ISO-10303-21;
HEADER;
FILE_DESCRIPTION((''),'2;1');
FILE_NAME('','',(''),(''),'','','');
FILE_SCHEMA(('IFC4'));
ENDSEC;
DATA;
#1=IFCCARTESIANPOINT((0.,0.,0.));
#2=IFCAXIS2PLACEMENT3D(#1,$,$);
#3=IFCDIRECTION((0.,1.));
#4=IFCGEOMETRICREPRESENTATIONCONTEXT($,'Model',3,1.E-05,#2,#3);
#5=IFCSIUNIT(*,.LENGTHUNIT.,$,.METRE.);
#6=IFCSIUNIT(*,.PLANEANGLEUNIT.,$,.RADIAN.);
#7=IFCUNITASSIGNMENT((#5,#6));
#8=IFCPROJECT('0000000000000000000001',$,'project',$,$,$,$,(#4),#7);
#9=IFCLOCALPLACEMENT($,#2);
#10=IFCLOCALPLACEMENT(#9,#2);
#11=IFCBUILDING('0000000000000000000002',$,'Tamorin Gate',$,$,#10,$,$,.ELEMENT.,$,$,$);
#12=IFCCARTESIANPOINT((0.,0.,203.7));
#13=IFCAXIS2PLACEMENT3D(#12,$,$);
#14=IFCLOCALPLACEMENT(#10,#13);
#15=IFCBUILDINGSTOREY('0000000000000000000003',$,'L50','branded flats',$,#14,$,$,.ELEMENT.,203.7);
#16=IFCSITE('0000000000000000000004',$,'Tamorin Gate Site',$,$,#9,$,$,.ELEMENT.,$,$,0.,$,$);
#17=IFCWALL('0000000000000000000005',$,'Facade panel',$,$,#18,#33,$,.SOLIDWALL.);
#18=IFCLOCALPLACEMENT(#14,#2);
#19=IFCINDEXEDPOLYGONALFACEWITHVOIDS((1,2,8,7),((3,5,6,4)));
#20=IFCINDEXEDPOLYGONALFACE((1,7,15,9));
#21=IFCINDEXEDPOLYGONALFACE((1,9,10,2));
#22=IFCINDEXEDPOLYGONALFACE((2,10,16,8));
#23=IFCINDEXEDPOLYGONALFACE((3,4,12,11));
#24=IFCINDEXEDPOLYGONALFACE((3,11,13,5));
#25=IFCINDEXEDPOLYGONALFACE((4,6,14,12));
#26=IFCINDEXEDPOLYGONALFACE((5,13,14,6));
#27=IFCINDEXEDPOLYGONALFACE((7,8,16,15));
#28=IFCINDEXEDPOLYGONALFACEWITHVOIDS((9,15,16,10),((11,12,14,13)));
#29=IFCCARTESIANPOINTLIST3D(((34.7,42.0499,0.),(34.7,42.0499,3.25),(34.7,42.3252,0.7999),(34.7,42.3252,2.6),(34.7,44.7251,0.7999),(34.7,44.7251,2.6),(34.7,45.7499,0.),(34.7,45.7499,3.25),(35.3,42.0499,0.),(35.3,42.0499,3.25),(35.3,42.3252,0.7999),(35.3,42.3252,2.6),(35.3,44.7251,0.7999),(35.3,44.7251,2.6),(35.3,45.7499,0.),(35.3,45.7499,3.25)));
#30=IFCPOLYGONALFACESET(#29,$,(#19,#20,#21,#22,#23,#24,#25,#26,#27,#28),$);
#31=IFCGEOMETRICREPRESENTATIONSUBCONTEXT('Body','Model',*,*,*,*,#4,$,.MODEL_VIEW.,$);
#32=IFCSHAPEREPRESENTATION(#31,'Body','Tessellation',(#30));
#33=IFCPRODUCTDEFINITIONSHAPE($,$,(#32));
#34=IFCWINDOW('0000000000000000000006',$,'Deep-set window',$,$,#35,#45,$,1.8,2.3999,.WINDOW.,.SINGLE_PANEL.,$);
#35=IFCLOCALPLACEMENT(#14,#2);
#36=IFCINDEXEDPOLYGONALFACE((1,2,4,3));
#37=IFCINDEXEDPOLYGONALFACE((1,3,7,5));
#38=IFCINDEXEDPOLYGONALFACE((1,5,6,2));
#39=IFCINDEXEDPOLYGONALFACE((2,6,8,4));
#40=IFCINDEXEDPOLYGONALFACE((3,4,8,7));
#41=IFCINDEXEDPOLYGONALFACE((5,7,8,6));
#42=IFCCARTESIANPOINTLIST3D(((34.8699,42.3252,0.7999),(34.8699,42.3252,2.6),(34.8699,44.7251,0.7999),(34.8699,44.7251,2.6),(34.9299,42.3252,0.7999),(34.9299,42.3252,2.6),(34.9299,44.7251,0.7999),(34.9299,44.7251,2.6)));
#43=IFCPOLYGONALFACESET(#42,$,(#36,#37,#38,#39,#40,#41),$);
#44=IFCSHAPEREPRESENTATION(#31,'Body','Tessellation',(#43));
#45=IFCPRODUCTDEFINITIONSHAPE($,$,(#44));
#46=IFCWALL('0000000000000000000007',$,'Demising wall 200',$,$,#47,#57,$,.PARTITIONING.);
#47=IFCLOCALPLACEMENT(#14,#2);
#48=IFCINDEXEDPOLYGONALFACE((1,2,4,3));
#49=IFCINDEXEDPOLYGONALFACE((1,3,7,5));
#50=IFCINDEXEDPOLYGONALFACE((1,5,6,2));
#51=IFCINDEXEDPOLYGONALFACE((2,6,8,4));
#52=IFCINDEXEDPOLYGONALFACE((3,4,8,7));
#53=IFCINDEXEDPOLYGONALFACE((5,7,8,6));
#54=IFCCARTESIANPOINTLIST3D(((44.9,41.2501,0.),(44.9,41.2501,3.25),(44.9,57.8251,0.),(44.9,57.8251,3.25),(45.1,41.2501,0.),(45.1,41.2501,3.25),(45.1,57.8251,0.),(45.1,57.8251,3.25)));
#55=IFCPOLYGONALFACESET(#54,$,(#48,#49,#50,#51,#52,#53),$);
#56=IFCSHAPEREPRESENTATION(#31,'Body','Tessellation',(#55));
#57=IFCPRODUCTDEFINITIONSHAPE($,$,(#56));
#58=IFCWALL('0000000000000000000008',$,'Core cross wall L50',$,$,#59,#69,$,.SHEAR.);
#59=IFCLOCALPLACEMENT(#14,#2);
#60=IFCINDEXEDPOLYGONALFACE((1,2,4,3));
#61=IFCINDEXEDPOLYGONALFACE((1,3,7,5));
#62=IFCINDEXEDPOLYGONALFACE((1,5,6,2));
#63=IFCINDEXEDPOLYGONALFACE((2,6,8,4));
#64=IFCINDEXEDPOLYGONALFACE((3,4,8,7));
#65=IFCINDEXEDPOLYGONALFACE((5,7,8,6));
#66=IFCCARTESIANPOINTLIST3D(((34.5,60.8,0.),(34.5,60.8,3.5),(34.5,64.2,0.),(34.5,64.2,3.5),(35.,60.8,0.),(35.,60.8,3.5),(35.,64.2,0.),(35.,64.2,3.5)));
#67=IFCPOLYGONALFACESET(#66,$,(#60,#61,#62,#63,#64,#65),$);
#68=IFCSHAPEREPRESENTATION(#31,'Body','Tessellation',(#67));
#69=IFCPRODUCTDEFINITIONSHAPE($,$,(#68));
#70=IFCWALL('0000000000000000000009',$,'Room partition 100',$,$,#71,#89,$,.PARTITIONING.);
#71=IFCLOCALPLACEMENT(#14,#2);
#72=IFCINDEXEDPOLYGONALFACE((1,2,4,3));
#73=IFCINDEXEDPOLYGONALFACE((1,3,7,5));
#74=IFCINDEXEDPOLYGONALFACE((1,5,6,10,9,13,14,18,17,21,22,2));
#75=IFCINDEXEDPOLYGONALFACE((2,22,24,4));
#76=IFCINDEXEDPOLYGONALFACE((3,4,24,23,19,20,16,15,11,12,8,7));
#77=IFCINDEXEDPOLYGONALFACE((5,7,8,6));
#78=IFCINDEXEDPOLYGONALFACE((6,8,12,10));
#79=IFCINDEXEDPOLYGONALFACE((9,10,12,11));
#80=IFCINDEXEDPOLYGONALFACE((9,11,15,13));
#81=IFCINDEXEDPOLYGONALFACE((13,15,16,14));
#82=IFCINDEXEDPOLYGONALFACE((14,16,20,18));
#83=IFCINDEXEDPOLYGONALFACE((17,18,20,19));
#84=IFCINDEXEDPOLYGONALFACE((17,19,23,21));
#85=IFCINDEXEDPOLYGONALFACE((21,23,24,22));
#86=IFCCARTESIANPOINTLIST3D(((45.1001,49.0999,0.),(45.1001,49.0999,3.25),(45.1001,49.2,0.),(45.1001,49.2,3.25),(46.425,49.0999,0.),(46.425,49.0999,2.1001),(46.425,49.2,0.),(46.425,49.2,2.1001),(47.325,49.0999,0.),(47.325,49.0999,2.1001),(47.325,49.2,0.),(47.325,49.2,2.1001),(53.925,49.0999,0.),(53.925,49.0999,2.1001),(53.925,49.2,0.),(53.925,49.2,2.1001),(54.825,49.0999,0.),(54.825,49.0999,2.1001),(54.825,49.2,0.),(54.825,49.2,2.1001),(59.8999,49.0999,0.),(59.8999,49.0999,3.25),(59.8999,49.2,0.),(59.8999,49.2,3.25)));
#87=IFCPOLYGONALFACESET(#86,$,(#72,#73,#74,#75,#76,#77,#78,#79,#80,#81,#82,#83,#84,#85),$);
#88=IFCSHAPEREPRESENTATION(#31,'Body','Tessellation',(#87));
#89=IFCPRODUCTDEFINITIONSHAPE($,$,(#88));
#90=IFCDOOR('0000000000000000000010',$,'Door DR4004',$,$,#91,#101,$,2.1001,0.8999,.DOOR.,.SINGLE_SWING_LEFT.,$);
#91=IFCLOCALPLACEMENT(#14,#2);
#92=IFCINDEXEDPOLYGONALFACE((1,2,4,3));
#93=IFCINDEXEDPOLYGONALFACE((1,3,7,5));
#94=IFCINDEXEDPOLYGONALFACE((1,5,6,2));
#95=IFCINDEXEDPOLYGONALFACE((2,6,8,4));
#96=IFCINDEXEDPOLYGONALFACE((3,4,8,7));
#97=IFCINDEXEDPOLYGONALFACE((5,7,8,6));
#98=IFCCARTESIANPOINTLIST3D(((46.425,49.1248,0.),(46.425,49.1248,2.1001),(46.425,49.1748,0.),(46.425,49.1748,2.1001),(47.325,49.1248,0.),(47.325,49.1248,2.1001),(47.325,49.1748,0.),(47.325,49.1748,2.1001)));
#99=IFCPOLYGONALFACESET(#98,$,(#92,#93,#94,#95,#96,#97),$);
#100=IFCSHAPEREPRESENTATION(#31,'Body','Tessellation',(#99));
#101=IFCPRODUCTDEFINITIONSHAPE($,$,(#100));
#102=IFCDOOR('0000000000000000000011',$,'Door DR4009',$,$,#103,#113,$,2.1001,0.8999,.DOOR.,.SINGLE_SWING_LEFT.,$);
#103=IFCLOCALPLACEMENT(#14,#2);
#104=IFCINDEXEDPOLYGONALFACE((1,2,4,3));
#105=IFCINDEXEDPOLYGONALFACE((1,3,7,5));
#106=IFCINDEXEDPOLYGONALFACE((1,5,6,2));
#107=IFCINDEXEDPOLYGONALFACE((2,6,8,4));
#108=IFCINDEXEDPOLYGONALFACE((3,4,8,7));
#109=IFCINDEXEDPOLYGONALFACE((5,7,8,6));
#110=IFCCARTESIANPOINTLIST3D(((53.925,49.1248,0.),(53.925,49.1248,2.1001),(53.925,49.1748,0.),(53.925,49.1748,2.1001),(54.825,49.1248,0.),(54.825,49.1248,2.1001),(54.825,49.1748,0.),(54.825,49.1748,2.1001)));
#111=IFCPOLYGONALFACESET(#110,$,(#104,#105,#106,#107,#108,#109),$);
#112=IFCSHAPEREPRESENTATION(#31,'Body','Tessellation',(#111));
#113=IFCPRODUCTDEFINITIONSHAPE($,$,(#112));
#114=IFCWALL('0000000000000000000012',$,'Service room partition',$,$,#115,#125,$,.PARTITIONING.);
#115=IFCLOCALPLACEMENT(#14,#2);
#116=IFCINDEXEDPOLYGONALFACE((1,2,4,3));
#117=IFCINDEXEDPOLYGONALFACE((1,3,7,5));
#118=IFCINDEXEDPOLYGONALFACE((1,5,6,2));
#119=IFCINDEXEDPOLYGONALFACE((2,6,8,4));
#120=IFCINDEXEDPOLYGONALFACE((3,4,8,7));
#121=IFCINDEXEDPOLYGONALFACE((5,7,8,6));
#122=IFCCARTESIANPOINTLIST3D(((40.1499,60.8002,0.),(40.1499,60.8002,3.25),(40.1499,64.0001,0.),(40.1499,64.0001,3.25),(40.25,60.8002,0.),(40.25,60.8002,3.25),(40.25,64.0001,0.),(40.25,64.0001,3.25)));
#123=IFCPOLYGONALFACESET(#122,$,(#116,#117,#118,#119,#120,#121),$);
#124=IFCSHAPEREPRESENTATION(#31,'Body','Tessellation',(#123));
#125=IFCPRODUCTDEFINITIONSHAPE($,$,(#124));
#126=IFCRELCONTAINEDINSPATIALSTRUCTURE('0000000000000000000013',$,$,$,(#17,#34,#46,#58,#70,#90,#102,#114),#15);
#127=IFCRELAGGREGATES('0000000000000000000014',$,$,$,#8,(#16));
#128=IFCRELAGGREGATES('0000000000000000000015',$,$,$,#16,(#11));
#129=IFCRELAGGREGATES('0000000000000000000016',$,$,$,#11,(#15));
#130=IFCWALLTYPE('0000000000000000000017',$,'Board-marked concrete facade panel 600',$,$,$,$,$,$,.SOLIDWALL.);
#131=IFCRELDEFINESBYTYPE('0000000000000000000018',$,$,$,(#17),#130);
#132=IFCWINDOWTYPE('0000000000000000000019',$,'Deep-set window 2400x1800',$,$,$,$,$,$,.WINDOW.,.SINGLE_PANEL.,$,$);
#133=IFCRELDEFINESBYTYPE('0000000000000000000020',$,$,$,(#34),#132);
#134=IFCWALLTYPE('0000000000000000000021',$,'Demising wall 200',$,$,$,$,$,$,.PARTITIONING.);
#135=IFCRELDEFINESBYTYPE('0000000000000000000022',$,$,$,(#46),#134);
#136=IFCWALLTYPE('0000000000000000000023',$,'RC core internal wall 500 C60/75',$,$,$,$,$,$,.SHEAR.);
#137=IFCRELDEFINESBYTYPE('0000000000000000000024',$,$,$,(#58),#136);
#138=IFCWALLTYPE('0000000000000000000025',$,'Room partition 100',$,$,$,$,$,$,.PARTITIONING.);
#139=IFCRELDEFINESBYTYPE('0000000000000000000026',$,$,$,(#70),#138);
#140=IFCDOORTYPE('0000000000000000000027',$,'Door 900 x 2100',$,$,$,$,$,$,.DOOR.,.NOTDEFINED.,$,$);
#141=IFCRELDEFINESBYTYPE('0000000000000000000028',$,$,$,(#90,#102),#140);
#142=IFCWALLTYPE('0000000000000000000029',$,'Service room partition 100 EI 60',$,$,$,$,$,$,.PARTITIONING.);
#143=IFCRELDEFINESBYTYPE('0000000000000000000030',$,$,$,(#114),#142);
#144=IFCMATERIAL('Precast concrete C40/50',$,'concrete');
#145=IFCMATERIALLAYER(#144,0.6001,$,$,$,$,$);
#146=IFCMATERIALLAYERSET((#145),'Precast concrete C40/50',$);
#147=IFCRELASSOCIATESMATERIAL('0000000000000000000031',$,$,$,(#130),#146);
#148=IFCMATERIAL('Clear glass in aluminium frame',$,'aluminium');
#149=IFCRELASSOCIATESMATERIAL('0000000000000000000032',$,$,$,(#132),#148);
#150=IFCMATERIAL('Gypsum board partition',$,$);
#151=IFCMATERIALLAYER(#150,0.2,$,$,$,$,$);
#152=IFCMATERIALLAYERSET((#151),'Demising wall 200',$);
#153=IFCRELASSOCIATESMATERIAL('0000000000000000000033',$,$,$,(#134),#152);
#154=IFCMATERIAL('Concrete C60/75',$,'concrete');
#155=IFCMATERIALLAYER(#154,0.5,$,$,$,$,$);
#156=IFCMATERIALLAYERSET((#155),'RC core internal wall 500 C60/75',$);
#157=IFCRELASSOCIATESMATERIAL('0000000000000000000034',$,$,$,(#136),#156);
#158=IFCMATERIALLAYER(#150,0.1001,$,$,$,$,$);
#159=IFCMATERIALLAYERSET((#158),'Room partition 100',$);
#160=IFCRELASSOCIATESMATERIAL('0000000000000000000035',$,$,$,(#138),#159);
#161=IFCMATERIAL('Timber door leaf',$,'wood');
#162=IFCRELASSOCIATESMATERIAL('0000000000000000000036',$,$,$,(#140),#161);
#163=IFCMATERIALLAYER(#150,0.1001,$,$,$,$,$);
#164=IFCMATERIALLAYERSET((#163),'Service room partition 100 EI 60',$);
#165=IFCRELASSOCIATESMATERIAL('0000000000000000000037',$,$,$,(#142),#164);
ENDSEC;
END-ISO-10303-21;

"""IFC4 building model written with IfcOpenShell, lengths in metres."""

from ifc_helpers import new_model, si_unit, direction, frame, frame_2d, origin, place, context, subcontext, project, spatial, rectangle, extrude, material, layer, layer_set, type_object, element, fill, save


model = new_model("IFC4")

# Units and contexts
model_context = context("Model", 3, precision=1e-05, world=origin(), true_north=direction((0.0, 1.0)))
body_context = subcontext(model_context, "Body", "Model", "MODEL_VIEW")
ifc_project = project(units=[si_unit("LENGTHUNIT", "METRE"), si_unit("PLANEANGLEUNIT", "RADIAN")], contexts=[model_context])

# Site, building, storey
site_placement = place(None, origin())
site = spatial("IfcSite", under=ifc_project, at=site_placement, Name="Tamorin Gate Site", CompositionType="ELEMENT", RefElevation=0.0)
building_placement = place(site_placement, origin())
building = spatial("IfcBuilding", under=site, at=building_placement, Name="Tamorin Gate", CompositionType="ELEMENT")
storey_placement = place(building_placement, frame((0.0, 0.0, 203.7)))
storey = spatial("IfcBuildingStorey", under=building, at=storey_placement, Name="L50", Description="branded flats", CompositionType="ELEMENT", Elevation=203.7)

# Shared definitions
ifc_material_1 = material(Name="Concrete C60/75", Category="concrete")

# Shared definitions
ifc_material_2 = material(Name="Precast concrete C40/50", Category="concrete")
ifc_layer_1 = layer(ifc_material_2, 0.6001)
ifc_layer_set_1 = layer_set([ifc_layer_1], Name="Precast concrete C40/50")
wall_type_1 = type_object("IfcWallType", Name="Board-marked concrete facade panel 600", PredefinedType="SOLIDWALL", material=ifc_layer_set_1)
ifc_material_3 = material(Name="Clear glass in aluminium frame", Category="aluminium")
window_type = type_object("IfcWindowType", Name="Deep-set window 2400x1800", PartitioningType="SINGLE_PANEL", PredefinedType="WINDOW", material=ifc_material_3)

# Wall, opening, window
wall_1_placement = place(storey_placement, frame((35.0, 45.75, 0.0), z_axis=(0.0, 0.0, 1.0), x_axis=(0.0, -1.0, 0.0)))
wall_1 = element("IfcWall", 1, at=wall_1_placement, inside=storey, type_object=wall_type_1, Name="Facade panel", PredefinedType="SOLIDWALL", context=body_context, shape_type="SweptSolid", body=[
    extrude(rectangle(XDim=3.7, YDim=0.6001, at=frame_2d((1.8501, 0.0))), origin(), (0.0, 0.0, 1.0), 3.25),
])
opening_1_placement = place(wall_1_placement, frame((1.0249, 0.0, 0.8)))
opening_1 = element("IfcOpeningElement", 2, at=opening_1_placement, cuts=wall_1, PredefinedType="OPENING", context=body_context, shape_type="SweptSolid", body=[
    extrude(rectangle(XDim=2.3999, YDim=1.8, at=frame_2d((1.2, 0.8999))), frame((0.0, 0.3101, 0.0), z_axis=(0.0, -1.0, 0.0), x_axis=(1.0, 0.0, 0.0)), (0.0, 0.0, 1.0), 0.6201),
])
window_1_placement = place(opening_1_placement, origin())
window_1 = element("IfcWindow", 3, at=window_1_placement, inside=storey, type_object=window_type, Name="Deep-set window", OverallHeight=1.8, OverallWidth=2.3999, PartitioningType="SINGLE_PANEL", PredefinedType="WINDOW", context=body_context, shape_type="SweptSolid", body=[
    extrude(rectangle(XDim=2.3999, YDim=1.8, at=frame_2d((1.2, 0.8999))), frame((0.0, -0.0701, 0.0), z_axis=(0.0, -1.0, 0.0), x_axis=(1.0, 0.0, 0.0)), (0.0, 0.0, 1.0), 0.0601),
])
fill(opening_1, window_1)

# Walls
ifc_material_4 = material(Name="Gypsum board partition")
ifc_layer_2 = layer(ifc_material_4, 0.2)
ifc_layer_set_2 = layer_set([ifc_layer_2], Name="Demising wall 200")
wall_type_2 = type_object("IfcWallType", Name="Demising wall 200", PredefinedType="PARTITIONING", material=ifc_layer_set_2)
wall_2_placement = place(storey_placement, frame((45.0, 41.25, 0.0), z_axis=(0.0, 0.0, 1.0), x_axis=(0.0, 1.0, 0.0)))
element("IfcWall", 4, at=wall_2_placement, inside=storey, type_object=wall_type_2, Name="Demising wall 200", PredefinedType="PARTITIONING", context=body_context, shape_type="SweptSolid", body=[
    extrude(rectangle(XDim=16.575, YDim=0.2, at=frame_2d((8.2876, 0.0))), origin(), (0.0, 0.0, 1.0), 3.25),
])
ifc_layer_3 = layer(ifc_material_1, 0.5)
ifc_layer_set_3 = layer_set([ifc_layer_3], Name="RC core internal wall 500 C60/75")
wall_type_3 = type_object("IfcWallType", Name="RC core internal wall 500 C60/75", PredefinedType="SHEAR", material=ifc_layer_set_3)
wall_3_placement = place(storey_placement, frame((34.75, 60.8, 0.0), z_axis=(0.0, 0.0, 1.0), x_axis=(0.0, 1.0, 0.0)))
element("IfcWall", 5, at=wall_3_placement, inside=storey, type_object=wall_type_3, Name="Core cross wall L50", PredefinedType="SHEAR", context=body_context, shape_type="SweptSolid", body=[
    extrude(rectangle(XDim=3.3999, YDim=0.5, at=frame_2d((1.7, 0.0))), origin(), (0.0, 0.0, 1.0), 3.5),
])

# Wall, openings, doors
ifc_layer_4 = layer(ifc_material_4, 0.1001)
ifc_layer_set_4 = layer_set([ifc_layer_4], Name="Room partition 100")
wall_type_4 = type_object("IfcWallType", Name="Room partition 100", PredefinedType="PARTITIONING", material=ifc_layer_set_4)
wall_4_placement = place(storey_placement, frame((45.1001, 49.1499, 0.0), z_axis=(0.0, 0.0, 1.0), x_axis=(1.0, 0.0, 0.0)))
wall_4 = element("IfcWall", 6, at=wall_4_placement, inside=storey, type_object=wall_type_4, Name="Room partition 100", PredefinedType="PARTITIONING", context=body_context, shape_type="SweptSolid", body=[
    extrude(rectangle(XDim=14.7998, YDim=0.1001, at=frame_2d((7.3999, 0.0))), origin(), (0.0, 0.0, 1.0), 3.25),
])
opening_2_placement = place(wall_4_placement, frame((1.325, 0.0, 0.0)))
opening_2 = element("IfcOpeningElement", 7, at=opening_2_placement, cuts=wall_4, PredefinedType="OPENING", context=body_context, shape_type="SweptSolid", body=[
    extrude(rectangle(XDim=0.8999, YDim=2.1001, at=frame_2d((0.45, 1.05))), frame((0.0, 0.0601, 0.0), z_axis=(0.0, -1.0, 0.0), x_axis=(1.0, 0.0, 0.0)), (0.0, 0.0, 1.0), 0.1201),
])
opening_3_placement = place(wall_4_placement, frame((8.825, 0.0, 0.0)))
opening_3 = element("IfcOpeningElement", 8, at=opening_3_placement, cuts=wall_4, PredefinedType="OPENING", context=body_context, shape_type="SweptSolid", body=[
    extrude(rectangle(XDim=0.8999, YDim=2.1001, at=frame_2d((0.45, 1.05))), frame((0.0, 0.0601, 0.0), z_axis=(0.0, -1.0, 0.0), x_axis=(1.0, 0.0, 0.0)), (0.0, 0.0, 1.0), 0.1201),
])
ifc_material_5 = material(Name="Timber door leaf", Category="wood")
door_type = type_object("IfcDoorType", Name="Door 900 x 2100", OperationType="NOTDEFINED", PredefinedType="DOOR", material=ifc_material_5)
door_1_placement = place(opening_2_placement, origin())
door_1 = element("IfcDoor", 9, at=door_1_placement, inside=storey, type_object=door_type, Name="Door DR4004", OperationType="SINGLE_SWING_LEFT", OverallHeight=2.1001, OverallWidth=0.8999, PredefinedType="DOOR", context=body_context, shape_type="SweptSolid", body=[
    extrude(rectangle(XDim=0.8999, YDim=2.1001, at=frame_2d((0.45, 1.05))), frame((0.0, 0.0249, 0.0), z_axis=(0.0, -1.0, 0.0), x_axis=(1.0, 0.0, 0.0)), (0.0, 0.0, 1.0), 0.05),
])
fill(opening_2, door_1)
door_2_placement = place(opening_3_placement, origin())
door_2 = element("IfcDoor", 10, at=door_2_placement, inside=storey, type_object=door_type, Name="Door DR4009", OperationType="SINGLE_SWING_LEFT", OverallHeight=2.1001, OverallWidth=0.8999, PredefinedType="DOOR", context=body_context, shape_type="SweptSolid", body=[
    extrude(rectangle(XDim=0.8999, YDim=2.1001, at=frame_2d((0.45, 1.05))), frame((0.0, 0.0249, 0.0), z_axis=(0.0, -1.0, 0.0), x_axis=(1.0, 0.0, 0.0)), (0.0, 0.0, 1.0), 0.05),
])
fill(opening_3, door_2)

# Wall
ifc_layer_5 = layer(ifc_material_4, 0.1001)
ifc_layer_set_5 = layer_set([ifc_layer_5], Name="Service room partition 100 EI 60")
wall_type_5 = type_object("IfcWallType", Name="Service room partition 100 EI 60", PredefinedType="PARTITIONING", material=ifc_layer_set_5)
wall_5_placement = place(storey_placement, frame((40.2, 60.8, 0.0), z_axis=(0.0, 0.0, 1.0), x_axis=(0.0, 1.0, 0.0)))
element("IfcWall", 11, at=wall_5_placement, inside=storey, type_object=wall_type_5, Name="Service room partition", PredefinedType="PARTITIONING", context=body_context, shape_type="SweptSolid", body=[
    extrude(rectangle(XDim=3.2, YDim=0.1001, at=frame_2d((1.6001, 0.0))), origin(), (0.0, 0.0, 1.0), 3.25),
])

save(model, "model.ifc")
